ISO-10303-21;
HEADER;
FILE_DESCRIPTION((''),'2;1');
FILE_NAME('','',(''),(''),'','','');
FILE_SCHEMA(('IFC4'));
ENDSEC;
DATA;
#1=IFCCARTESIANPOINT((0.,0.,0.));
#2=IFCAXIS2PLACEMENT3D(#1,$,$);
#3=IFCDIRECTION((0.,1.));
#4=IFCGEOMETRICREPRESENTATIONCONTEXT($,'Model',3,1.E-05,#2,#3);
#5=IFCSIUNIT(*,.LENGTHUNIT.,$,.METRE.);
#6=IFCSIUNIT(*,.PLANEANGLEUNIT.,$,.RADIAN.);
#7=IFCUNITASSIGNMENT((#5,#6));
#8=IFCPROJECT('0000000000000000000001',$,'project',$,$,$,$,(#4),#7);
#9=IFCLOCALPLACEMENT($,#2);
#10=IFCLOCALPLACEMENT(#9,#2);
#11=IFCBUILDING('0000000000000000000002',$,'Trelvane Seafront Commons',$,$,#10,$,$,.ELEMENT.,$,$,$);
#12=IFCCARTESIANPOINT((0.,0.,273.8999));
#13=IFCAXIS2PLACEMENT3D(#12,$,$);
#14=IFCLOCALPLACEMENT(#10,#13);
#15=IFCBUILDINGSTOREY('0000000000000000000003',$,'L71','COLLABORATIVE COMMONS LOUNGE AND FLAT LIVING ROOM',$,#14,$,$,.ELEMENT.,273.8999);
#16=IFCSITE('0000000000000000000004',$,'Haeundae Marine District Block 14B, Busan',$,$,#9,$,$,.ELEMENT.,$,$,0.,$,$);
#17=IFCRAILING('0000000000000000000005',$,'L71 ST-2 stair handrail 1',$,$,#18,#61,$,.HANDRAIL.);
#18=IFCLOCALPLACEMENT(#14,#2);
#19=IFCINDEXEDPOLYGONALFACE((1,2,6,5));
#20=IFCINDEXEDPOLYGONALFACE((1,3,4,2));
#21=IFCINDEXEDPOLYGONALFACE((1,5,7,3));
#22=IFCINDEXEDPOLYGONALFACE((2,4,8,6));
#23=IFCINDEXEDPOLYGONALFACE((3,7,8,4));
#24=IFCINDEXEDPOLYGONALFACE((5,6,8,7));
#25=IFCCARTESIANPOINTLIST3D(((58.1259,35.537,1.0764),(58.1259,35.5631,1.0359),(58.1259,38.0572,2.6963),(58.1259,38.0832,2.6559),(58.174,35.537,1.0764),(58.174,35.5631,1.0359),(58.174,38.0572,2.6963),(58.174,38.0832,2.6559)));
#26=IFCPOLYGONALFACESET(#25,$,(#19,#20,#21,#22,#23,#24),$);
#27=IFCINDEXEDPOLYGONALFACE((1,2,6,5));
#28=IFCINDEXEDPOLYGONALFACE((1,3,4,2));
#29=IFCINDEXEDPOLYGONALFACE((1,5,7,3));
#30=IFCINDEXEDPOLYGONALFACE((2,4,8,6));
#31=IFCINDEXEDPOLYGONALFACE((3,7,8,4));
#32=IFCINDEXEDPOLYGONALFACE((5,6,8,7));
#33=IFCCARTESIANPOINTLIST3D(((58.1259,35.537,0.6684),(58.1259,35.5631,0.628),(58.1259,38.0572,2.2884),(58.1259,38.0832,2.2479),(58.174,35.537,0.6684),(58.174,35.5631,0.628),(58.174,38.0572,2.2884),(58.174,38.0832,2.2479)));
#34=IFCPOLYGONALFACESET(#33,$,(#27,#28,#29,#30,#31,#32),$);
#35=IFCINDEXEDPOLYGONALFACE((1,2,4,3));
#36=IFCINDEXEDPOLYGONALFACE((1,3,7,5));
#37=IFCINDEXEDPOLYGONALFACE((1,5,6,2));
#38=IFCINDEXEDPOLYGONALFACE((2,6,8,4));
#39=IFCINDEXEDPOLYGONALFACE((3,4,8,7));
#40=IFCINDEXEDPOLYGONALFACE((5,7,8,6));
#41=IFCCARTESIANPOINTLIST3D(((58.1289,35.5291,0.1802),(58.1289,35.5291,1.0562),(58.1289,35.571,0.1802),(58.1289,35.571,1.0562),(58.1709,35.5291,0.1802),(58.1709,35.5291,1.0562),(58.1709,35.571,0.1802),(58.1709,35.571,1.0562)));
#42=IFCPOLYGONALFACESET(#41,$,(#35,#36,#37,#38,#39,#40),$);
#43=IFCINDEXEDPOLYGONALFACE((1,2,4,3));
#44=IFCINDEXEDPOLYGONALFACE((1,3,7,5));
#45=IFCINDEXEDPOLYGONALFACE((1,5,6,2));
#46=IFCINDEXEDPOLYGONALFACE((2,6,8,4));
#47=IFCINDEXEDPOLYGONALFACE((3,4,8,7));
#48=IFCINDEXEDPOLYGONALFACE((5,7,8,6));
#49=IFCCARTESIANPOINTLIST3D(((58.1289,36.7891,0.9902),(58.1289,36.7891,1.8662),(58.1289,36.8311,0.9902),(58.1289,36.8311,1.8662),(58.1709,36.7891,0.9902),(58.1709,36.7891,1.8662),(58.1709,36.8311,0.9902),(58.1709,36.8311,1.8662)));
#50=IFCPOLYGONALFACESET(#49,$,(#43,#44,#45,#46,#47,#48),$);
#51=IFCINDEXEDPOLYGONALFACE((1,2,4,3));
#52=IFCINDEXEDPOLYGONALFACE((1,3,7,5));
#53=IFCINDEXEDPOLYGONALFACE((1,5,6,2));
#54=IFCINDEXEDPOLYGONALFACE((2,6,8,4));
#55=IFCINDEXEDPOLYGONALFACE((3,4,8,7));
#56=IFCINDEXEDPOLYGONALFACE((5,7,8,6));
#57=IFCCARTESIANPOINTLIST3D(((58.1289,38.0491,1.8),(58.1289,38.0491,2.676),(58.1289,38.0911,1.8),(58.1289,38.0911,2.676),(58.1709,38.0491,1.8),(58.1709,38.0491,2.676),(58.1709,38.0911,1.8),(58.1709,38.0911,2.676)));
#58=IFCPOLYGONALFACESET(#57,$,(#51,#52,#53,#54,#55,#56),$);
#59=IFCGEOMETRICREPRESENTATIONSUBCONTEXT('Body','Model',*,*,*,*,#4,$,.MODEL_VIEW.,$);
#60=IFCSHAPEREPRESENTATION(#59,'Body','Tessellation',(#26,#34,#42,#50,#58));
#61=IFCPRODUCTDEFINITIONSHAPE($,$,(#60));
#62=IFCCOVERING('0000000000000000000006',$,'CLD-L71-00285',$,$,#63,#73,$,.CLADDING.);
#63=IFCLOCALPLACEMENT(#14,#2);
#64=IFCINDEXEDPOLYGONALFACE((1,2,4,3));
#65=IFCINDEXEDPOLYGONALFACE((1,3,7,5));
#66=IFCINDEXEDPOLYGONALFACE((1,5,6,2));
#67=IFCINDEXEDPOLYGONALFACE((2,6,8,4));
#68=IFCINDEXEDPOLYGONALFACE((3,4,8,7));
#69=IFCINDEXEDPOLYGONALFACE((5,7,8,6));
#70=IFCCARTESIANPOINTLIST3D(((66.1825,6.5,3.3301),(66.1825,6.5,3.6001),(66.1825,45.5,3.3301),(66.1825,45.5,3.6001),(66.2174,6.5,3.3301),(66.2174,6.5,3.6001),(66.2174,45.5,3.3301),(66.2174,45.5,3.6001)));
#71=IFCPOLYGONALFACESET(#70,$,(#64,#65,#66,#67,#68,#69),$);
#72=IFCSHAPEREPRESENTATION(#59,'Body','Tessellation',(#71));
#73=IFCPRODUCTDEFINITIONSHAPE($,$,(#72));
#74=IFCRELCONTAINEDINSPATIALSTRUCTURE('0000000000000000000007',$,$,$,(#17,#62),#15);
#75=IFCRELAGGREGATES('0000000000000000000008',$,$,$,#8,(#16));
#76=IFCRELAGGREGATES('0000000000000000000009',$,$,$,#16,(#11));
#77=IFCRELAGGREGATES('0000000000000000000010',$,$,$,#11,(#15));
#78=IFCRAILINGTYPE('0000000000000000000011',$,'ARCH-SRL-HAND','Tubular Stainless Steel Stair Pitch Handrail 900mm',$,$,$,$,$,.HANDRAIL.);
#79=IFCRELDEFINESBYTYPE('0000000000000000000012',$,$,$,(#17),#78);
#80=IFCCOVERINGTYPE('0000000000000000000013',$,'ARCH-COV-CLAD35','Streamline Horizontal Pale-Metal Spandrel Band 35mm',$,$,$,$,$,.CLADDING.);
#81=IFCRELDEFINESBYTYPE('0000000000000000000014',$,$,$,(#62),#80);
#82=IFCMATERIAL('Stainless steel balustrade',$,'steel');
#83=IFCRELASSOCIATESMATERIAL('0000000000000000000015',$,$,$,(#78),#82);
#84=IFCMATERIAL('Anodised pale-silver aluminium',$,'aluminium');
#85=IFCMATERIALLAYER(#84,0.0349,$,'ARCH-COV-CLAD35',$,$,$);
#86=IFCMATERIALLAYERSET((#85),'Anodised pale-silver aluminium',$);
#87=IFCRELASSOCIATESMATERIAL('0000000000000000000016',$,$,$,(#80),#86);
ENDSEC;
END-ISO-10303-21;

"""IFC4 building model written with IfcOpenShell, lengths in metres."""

from ifc_helpers import new_model, si_unit, direction, frame, origin, origin_2d, place, context, subcontext, project, spatial, rectangle, extrude, source, transform, mapped, material, layer, layer_set, type_object, element, save


model = new_model("IFC4")

# Units and contexts
model_context = context("Model", 3, precision=1e-05, world=origin(), true_north=direction((0.0, 1.0)))
body_context = subcontext(model_context, "Body", "Model", "MODEL_VIEW")
ifc_project = project(units=[si_unit("LENGTHUNIT", "METRE"), si_unit("PLANEANGLEUNIT", "RADIAN")], contexts=[model_context])

# Site, building, storey
site_placement = place(None, origin())
site = spatial("IfcSite", under=ifc_project, at=site_placement, Name="Haeundae Marine District Block 14B, Busan", CompositionType="ELEMENT", RefElevation=0.0)
building_placement = place(site_placement, origin())
building = spatial("IfcBuilding", under=site, at=building_placement, Name="Trelvane Seafront Commons", CompositionType="ELEMENT")
storey_placement = place(building_placement, frame((0.0, 0.0, 273.8999)))
storey = spatial("IfcBuildingStorey", under=building, at=storey_placement, Name="L71", Description="COLLABORATIVE COMMONS LOUNGE AND FLAT LIVING ROOM", CompositionType="ELEMENT", Elevation=273.8999)

# Railing
ifc_material_1 = material(Name="Stainless steel balustrade", Category="steel")
railing_type_1 = type_object("IfcRailingType", Name="ARCH-SRL-HAND", Description="Tubular Stainless Steel Stair Pitch Handrail 900mm", PredefinedType="HANDRAIL", material=ifc_material_1)
railing_1_placement = place(storey_placement, frame((58.1499, 35.55, 0.1802)))
element("IfcRailing", 1, at=railing_1_placement, inside=storey, type_object=railing_type_1, Name="L71 ST-2 stair handrail 1", PredefinedType="HANDRAIL", context=body_context, shape_type="SweptSolid", body=[
    extrude(rectangle(XDim=0.0481, YDim=0.0481, at=origin_2d()), frame((0.0, 0.0, 0.876), z_axis=(0.0, 0.8412, 0.540725), x_axis=(-1.0, 0.0, 0.0)), (0.0, 0.0, 1.0), 2.9958),
    extrude(rectangle(XDim=0.0481, YDim=0.0481, at=origin_2d()), frame((0.0, 0.0, 0.468), z_axis=(0.0, 0.8412, 0.540725), x_axis=(-1.0, 0.0, 0.0)), (0.0, 0.0, 1.0), 2.9958),
    extrude(rectangle(XDim=0.042, YDim=0.042, at=origin_2d()), origin(), (0.0, 0.0, 1.0), 0.876),
    extrude(rectangle(XDim=0.042, YDim=0.042, at=origin_2d()), frame((0.0, 1.26, 0.8101)), (0.0, 0.0, 1.0), 0.876),
    extrude(rectangle(XDim=0.042, YDim=0.042, at=origin_2d()), frame((0.0, 2.52, 1.6199)), (0.0, 0.0, 1.0), 0.876),
])

# Covering
ifc_material_2 = material(Name="Anodised pale-silver aluminium", Category="aluminium")
ifc_layer_1 = layer(ifc_material_2, 0.0349, Name="ARCH-COV-CLAD35")
ifc_layer_set_1 = layer_set([ifc_layer_1], Name="Anodised pale-silver aluminium")
covering_type = type_object("IfcCoveringType", Name="ARCH-COV-CLAD35", Description="Streamline Horizontal Pale-Metal Spandrel Band 35mm", PredefinedType="CLADDING", material=ifc_layer_set_1)
shared_shape_1 = source(origin(), body_context, "Body", "SweptSolid", [
    extrude(rectangle(XDim=39.0, YDim=0.0349, at=origin_2d()), origin(), (0.0, 0.0, 1.0), 0.27),
])
covering_placement = place(storey_placement, frame((66.2, 26.0, 3.3301), z_axis=(0.0, 0.0, 1.0), x_axis=(0.0, -1.0, 0.0)))
element("IfcCovering", 2, at=covering_placement, inside=storey, type_object=covering_type, Name="CLD-L71-00285", PredefinedType="CLADDING", context=body_context, shape_type="MappedRepresentation", body=[
    mapped(shared_shape_1, transform((0.0, 0.0, 0.0), x_axis=(1.0, 0.0, 0.0), y_axis=(0.0, 1.0, 0.0), z_axis=(0.0, 0.0, 1.0), scale=1.0)),
])

save(model, "model.ifc")
